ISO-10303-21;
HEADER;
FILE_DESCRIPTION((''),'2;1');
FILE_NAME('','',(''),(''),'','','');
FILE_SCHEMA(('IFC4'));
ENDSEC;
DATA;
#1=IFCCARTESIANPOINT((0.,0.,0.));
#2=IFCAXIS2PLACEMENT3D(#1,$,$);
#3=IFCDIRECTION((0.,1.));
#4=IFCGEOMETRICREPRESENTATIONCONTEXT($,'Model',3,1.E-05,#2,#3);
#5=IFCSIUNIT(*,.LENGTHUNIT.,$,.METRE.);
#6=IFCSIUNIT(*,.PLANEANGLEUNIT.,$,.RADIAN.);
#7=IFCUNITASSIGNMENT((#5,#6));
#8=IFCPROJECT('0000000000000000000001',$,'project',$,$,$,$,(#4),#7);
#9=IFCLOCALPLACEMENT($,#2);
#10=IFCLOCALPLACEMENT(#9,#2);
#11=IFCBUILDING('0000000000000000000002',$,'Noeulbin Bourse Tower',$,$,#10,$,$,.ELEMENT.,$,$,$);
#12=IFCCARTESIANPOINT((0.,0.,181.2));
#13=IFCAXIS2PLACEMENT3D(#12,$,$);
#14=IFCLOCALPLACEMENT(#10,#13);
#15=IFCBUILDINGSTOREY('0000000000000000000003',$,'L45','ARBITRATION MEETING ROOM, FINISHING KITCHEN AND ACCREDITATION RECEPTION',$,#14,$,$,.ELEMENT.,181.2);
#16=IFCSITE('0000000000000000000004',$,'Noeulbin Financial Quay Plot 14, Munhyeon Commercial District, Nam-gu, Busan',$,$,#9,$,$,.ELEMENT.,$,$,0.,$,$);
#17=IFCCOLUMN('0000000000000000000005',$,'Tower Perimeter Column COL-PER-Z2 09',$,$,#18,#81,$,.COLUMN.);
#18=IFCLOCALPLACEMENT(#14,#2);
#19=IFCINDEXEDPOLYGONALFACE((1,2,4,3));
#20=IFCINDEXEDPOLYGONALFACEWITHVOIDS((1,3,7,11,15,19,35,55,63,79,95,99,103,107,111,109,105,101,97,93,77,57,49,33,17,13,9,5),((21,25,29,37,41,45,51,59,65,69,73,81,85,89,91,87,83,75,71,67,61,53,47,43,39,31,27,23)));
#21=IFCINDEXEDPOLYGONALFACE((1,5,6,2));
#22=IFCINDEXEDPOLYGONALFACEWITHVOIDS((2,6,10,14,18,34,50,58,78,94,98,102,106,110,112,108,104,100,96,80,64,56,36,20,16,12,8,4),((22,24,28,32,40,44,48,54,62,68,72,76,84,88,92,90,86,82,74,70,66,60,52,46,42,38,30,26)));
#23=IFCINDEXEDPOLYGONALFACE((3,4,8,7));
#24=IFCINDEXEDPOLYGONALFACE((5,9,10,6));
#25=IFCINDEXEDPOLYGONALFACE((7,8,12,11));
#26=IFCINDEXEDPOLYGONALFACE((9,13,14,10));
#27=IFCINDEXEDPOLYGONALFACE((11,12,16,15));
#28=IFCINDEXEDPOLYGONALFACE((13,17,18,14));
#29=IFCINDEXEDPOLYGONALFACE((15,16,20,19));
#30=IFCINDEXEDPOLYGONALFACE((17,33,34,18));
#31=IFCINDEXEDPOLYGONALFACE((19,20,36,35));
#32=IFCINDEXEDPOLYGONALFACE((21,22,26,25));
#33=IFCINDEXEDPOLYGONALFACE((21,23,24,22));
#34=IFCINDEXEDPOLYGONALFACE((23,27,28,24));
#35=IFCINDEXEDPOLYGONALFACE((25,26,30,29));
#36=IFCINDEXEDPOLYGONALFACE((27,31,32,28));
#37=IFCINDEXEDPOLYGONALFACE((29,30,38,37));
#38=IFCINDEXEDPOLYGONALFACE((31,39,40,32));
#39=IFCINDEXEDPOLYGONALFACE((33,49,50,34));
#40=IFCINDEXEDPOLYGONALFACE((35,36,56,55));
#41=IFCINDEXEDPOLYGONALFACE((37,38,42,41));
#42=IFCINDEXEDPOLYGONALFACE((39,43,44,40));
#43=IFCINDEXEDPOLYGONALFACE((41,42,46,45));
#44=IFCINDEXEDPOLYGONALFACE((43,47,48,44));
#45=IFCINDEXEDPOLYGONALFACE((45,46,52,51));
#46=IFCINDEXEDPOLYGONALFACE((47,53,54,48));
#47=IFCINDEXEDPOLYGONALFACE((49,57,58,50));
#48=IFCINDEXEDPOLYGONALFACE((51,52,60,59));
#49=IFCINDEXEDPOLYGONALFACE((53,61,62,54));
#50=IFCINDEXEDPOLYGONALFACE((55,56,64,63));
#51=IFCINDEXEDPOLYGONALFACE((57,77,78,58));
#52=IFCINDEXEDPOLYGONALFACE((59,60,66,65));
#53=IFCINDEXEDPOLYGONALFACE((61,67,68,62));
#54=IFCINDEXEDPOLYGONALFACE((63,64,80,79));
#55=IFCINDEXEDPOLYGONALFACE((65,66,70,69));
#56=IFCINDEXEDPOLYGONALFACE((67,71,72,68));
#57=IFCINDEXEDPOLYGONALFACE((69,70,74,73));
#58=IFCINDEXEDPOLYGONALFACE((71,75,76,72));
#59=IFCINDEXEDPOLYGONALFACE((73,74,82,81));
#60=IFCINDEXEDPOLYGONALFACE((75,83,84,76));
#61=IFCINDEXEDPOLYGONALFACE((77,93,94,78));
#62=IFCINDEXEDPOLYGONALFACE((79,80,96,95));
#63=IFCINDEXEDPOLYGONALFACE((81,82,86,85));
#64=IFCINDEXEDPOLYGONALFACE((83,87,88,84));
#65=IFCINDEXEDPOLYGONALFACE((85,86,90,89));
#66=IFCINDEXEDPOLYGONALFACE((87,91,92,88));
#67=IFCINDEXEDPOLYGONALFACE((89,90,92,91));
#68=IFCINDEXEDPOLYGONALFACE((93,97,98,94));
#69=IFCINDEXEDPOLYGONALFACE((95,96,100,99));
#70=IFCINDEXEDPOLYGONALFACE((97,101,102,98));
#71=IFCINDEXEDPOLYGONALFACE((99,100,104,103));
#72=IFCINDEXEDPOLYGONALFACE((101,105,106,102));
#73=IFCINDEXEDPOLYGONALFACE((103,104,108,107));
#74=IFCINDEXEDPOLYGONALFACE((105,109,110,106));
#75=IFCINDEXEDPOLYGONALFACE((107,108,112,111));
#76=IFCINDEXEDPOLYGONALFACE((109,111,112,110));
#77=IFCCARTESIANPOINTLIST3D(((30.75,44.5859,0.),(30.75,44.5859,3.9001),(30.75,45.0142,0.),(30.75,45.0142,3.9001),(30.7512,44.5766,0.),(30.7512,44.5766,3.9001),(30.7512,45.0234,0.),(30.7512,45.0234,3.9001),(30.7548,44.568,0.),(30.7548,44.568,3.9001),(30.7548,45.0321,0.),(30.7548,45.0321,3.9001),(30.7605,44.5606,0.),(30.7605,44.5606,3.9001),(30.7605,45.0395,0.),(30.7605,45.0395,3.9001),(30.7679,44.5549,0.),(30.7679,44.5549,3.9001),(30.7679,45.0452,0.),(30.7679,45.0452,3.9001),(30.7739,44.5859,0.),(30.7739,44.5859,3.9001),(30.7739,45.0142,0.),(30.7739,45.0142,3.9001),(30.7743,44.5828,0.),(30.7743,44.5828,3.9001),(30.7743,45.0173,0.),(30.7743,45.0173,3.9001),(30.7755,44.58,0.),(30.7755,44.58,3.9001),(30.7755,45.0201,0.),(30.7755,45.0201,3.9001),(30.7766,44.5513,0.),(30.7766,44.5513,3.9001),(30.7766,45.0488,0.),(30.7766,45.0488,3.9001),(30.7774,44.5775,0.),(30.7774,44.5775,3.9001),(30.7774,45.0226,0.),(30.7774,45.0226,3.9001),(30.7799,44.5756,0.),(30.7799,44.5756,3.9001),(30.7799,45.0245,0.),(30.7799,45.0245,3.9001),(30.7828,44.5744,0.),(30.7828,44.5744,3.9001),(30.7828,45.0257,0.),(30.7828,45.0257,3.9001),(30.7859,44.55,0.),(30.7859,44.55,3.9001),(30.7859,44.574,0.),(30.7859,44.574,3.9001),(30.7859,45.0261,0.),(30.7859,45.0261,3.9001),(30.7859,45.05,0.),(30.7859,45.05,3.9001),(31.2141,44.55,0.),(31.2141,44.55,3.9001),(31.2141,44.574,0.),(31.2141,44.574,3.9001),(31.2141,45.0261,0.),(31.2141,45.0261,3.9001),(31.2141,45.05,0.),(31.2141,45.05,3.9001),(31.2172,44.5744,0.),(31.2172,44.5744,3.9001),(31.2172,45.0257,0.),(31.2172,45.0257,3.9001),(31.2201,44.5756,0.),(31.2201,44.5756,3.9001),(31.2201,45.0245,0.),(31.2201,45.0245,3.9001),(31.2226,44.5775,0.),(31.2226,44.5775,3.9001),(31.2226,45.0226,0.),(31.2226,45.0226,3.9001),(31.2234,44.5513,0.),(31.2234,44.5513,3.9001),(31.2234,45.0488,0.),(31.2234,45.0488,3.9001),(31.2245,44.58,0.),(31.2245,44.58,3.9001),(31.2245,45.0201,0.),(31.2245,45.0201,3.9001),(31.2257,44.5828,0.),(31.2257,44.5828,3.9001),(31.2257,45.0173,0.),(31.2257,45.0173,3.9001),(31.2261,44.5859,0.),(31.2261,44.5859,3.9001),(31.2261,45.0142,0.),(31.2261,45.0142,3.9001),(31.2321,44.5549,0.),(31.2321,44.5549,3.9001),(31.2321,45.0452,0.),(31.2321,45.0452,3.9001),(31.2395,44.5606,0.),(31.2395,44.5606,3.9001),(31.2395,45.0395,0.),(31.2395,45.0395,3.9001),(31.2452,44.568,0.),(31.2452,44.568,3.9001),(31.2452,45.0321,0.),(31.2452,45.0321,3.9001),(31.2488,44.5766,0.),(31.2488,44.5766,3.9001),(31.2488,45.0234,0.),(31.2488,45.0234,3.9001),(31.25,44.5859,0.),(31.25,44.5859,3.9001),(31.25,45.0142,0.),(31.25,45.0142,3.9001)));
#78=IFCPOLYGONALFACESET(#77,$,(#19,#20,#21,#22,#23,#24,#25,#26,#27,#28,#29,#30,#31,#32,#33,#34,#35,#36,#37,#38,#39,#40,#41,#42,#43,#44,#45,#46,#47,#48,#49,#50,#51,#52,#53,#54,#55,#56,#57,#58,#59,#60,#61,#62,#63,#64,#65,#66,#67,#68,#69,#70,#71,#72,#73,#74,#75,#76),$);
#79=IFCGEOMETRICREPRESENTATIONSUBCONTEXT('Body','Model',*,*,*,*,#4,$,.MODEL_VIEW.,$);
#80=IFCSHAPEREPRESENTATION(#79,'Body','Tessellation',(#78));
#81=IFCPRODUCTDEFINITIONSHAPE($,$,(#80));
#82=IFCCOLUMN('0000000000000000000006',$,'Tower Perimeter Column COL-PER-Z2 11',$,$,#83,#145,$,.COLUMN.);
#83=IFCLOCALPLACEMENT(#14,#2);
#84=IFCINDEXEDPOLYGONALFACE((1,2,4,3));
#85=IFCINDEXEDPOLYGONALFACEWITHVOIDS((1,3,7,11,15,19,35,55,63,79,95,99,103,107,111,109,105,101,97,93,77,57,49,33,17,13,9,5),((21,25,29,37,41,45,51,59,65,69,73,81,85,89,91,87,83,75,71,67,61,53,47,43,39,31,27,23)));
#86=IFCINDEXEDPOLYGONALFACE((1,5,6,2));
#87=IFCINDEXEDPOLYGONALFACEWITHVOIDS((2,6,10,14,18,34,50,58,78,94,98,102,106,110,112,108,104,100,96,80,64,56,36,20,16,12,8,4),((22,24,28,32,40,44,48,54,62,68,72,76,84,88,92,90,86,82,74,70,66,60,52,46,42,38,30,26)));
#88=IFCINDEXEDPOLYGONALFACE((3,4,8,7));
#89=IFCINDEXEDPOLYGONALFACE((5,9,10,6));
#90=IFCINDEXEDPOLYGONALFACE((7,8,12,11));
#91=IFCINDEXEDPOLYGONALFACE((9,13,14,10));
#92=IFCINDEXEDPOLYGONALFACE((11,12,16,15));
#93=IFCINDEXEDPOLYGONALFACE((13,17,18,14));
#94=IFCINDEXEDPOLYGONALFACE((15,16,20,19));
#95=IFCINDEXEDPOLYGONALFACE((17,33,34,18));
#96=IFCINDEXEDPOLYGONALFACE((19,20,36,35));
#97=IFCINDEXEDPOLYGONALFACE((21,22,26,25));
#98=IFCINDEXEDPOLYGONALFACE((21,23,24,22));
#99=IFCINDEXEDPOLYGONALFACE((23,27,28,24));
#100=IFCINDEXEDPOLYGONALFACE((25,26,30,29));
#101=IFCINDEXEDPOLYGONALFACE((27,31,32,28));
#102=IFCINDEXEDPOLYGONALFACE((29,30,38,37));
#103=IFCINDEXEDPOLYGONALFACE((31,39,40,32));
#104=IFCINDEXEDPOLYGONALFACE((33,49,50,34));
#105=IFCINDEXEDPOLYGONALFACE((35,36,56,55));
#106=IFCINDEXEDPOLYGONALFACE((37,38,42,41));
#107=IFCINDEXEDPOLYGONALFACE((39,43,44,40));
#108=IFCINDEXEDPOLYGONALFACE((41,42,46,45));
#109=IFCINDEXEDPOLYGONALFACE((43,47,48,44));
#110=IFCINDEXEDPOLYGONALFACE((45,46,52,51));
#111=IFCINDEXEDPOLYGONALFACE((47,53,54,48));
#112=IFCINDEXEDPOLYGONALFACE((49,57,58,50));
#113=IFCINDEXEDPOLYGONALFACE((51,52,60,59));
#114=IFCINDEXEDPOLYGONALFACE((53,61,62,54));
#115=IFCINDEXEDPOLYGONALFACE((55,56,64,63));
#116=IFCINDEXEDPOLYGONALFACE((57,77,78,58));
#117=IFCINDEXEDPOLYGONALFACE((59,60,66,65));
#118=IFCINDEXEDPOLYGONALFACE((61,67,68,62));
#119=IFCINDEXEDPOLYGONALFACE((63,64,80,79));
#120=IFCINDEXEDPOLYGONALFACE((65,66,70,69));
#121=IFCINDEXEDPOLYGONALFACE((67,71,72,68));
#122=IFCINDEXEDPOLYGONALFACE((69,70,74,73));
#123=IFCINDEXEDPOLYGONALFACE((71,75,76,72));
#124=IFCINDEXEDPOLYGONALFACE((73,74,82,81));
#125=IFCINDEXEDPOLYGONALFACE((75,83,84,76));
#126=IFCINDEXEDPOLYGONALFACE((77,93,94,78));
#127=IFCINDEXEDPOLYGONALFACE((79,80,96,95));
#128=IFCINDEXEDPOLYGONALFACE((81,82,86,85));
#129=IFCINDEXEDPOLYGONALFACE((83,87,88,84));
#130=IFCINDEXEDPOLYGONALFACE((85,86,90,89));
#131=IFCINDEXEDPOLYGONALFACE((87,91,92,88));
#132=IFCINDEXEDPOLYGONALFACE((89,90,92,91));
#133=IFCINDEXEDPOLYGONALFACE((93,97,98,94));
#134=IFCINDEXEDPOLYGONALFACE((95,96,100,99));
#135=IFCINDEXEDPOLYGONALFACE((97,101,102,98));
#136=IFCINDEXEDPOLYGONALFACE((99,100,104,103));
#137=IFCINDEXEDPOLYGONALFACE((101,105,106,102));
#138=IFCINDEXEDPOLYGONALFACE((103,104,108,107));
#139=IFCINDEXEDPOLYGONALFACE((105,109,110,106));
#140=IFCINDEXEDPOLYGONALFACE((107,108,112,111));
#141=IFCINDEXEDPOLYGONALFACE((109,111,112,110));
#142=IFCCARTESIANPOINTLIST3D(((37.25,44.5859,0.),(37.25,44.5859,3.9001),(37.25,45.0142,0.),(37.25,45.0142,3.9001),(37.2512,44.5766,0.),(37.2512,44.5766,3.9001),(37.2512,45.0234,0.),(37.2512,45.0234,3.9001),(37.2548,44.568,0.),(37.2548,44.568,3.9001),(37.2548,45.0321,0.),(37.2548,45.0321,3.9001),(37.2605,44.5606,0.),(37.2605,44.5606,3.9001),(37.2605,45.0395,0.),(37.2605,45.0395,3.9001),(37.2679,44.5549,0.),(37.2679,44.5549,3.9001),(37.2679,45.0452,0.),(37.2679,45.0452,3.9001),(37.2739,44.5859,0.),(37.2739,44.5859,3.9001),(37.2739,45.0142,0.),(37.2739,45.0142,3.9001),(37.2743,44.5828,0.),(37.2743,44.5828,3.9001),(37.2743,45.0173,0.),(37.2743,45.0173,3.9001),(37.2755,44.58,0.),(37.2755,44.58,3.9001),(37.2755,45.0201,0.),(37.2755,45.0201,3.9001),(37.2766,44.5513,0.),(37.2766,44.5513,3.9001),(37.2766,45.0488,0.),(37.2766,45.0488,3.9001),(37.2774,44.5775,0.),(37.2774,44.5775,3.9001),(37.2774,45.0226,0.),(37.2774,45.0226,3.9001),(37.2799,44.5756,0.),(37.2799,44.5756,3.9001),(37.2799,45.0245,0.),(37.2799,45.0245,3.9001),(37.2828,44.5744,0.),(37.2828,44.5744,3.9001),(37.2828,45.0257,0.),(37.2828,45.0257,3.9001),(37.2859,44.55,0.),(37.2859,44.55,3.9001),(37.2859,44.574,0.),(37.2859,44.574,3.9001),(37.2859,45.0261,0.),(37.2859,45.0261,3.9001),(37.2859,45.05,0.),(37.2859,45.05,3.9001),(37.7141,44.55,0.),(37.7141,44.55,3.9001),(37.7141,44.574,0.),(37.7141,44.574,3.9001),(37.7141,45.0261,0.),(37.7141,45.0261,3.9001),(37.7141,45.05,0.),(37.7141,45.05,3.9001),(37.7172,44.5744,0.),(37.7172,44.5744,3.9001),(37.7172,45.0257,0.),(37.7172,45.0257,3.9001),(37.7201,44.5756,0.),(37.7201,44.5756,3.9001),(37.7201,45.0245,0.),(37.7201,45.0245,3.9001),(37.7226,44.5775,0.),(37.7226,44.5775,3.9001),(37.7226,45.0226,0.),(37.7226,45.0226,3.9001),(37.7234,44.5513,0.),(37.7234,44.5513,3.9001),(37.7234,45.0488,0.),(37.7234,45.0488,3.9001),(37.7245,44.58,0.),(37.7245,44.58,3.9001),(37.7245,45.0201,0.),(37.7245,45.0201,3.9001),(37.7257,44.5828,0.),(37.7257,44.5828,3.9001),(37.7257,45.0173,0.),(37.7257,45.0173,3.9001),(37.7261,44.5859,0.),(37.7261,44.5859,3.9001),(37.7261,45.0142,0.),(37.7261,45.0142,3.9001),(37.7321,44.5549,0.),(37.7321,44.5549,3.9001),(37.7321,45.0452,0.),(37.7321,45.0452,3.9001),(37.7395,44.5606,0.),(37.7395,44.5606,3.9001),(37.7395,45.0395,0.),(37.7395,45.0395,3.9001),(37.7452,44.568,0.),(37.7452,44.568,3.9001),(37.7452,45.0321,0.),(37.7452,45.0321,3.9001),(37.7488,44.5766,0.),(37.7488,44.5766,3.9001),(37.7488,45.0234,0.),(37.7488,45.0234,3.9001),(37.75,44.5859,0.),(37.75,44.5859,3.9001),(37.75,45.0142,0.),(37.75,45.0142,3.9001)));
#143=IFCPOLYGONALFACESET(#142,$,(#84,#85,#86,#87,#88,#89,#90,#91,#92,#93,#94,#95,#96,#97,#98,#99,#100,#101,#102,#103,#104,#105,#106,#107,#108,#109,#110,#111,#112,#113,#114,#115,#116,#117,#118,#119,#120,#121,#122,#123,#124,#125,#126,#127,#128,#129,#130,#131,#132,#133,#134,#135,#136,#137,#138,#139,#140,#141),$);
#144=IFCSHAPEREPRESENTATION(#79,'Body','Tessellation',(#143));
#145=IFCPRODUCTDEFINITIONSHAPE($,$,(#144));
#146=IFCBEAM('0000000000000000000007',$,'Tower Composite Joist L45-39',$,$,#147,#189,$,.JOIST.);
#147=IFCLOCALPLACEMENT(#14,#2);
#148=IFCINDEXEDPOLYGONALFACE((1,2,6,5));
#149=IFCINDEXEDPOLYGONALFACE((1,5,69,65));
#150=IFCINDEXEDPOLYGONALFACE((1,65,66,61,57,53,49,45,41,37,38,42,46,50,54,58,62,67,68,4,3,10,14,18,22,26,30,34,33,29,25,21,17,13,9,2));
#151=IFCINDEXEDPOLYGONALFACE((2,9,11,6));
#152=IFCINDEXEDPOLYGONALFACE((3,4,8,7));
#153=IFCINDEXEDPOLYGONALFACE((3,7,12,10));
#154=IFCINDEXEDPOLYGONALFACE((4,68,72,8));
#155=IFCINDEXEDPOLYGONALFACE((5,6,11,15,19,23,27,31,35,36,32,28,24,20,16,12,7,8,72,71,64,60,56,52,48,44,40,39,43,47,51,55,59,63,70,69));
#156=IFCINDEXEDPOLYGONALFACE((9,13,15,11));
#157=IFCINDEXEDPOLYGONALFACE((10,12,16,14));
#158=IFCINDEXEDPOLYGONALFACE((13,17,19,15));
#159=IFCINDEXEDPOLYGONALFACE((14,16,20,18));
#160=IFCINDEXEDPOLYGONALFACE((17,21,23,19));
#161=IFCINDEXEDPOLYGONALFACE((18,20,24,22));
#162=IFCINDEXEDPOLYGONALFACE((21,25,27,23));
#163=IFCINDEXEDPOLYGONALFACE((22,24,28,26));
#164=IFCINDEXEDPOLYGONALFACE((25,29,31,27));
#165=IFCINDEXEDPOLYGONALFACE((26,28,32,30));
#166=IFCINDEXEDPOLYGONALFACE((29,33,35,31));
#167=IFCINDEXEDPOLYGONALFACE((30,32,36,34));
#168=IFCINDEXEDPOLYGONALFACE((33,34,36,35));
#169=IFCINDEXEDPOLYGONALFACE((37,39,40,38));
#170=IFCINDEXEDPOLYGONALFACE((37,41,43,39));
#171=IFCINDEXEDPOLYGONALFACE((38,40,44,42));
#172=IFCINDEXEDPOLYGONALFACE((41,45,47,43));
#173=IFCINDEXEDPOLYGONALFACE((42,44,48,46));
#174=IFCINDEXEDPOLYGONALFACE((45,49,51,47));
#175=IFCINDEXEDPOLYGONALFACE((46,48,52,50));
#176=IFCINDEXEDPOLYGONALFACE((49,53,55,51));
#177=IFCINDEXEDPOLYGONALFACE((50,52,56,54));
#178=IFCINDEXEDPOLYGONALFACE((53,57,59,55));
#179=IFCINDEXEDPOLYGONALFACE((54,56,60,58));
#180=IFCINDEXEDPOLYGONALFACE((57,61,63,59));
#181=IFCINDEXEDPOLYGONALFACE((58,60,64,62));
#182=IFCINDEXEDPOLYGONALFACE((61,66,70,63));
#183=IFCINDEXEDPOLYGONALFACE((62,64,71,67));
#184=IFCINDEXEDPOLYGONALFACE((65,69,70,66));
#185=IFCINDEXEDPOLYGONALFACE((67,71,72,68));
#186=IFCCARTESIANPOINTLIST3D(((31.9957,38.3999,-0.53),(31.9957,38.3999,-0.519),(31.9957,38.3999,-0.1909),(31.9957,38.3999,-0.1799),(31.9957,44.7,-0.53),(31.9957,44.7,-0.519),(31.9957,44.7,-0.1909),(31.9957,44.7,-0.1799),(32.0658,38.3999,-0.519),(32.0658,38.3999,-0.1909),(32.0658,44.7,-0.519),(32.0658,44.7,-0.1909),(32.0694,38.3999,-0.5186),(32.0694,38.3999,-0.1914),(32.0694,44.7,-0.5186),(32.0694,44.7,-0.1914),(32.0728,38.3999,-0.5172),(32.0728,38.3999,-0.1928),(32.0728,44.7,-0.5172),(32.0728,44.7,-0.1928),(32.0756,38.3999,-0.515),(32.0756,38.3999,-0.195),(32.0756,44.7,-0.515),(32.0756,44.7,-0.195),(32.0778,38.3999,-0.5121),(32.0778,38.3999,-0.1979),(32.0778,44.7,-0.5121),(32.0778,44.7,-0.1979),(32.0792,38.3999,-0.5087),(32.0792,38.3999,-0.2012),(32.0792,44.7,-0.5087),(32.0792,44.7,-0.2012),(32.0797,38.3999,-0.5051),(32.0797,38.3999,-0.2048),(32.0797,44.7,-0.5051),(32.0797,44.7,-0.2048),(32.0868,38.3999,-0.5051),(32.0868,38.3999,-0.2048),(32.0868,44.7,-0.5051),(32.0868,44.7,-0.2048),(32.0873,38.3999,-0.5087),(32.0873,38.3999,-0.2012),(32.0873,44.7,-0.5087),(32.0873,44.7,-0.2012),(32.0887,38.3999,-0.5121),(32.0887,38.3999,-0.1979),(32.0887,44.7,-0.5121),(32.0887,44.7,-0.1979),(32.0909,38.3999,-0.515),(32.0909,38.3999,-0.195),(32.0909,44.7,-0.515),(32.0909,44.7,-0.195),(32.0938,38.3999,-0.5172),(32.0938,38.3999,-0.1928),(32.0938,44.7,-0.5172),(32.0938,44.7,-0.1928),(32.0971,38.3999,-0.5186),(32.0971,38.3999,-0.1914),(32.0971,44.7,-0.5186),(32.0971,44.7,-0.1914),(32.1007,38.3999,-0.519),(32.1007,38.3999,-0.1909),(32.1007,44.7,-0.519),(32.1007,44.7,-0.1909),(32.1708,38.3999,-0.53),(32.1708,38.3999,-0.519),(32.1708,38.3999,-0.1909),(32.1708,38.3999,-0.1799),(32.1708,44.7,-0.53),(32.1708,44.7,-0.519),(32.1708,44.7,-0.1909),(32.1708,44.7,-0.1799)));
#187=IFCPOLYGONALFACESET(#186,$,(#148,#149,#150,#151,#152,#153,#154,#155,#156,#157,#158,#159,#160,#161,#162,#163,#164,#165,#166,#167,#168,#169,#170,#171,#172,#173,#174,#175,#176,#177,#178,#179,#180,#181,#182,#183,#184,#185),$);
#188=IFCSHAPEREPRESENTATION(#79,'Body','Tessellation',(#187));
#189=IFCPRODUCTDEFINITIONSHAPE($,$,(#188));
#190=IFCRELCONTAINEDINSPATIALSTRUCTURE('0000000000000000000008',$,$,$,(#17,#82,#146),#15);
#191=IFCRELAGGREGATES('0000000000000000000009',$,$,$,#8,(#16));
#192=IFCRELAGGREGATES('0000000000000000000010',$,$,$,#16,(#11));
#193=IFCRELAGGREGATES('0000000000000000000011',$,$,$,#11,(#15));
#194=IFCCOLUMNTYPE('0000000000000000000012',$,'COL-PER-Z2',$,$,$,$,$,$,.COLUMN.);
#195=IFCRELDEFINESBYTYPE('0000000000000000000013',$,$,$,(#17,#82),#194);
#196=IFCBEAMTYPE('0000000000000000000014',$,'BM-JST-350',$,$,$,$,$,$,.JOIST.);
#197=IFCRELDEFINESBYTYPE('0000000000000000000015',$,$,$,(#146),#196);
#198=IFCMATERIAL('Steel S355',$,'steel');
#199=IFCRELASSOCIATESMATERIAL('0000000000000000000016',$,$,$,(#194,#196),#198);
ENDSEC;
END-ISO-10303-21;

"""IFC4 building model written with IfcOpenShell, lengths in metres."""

from ifc_helpers import new_model, si_unit, direction, frame, origin, origin_2d, place, context, subcontext, project, spatial, hollow_rectangle, i_section, extrude, material, material_profile, profile_set, type_object, element, save


model = new_model("IFC4")

# Units and contexts
model_context = context("Model", 3, precision=1e-05, world=origin(), true_north=direction((0.0, 1.0)))
body_context = subcontext(model_context, "Body", "Model", "MODEL_VIEW")
ifc_project = project(units=[si_unit("LENGTHUNIT", "METRE"), si_unit("PLANEANGLEUNIT", "RADIAN")], contexts=[model_context])

# Site, building, storey
site_placement = place(None, origin())
site = spatial("IfcSite", under=ifc_project, at=site_placement, Name="Noeulbin Financial Quay Plot 14, Munhyeon Commercial District, Nam-gu, Busan", CompositionType="ELEMENT", RefElevation=0.0)
building_placement = place(site_placement, origin())
building = spatial("IfcBuilding", under=site, at=building_placement, Name="Noeulbin Bourse Tower", CompositionType="ELEMENT")
storey_placement = place(building_placement, frame((0.0, 0.0, 181.2)))
storey = spatial("IfcBuildingStorey", under=building, at=storey_placement, Name="L45", Description="ARBITRATION MEETING ROOM, FINISHING KITCHEN AND ACCREDITATION RECEPTION", CompositionType="ELEMENT", Elevation=181.2)

# Columns
ifc_material_1 = material(Name="Steel S355", Category="steel")
ifc_material_profile_1 = material_profile(ifc_material_1, hollow_rectangle(XDim=0.5, YDim=0.5, WallThickness=0.0239, InnerFilletRadius=0.012, OuterFilletRadius=0.0359, at=origin_2d()), Name="BOX-500x500x24", Category="LoadBearing")
ifc_profile_set_1 = profile_set([ifc_material_profile_1], Name="Steel S355")
column_type = type_object("IfcColumnType", Name="COL-PER-Z2", PredefinedType="COLUMN", material=ifc_profile_set_1)
for number, where, z_axis, x_axis, name in (
    (1, (31.0, 44.8, 0.0), (0.0, 0.0, 1.0), (1.0, 0.0, 0.0), "Tower Perimeter Column COL-PER-Z2 09"),
    (2, (37.5, 44.8, 0.0), (0.0, 0.0, 1.0), (1.0, 0.0, 0.0), "Tower Perimeter Column COL-PER-Z2 11"),
):
    element("IfcColumn", number, at=place(storey_placement, frame(where, z_axis=z_axis, x_axis=x_axis)), inside=storey, type_object=column_type, Name=name, PredefinedType="COLUMN", context=body_context, shape_type="SweptSolid", body=[
        extrude(hollow_rectangle(XDim=0.5, YDim=0.5, WallThickness=0.0239, InnerFilletRadius=0.012, OuterFilletRadius=0.0359, at=origin_2d()), origin(), (0.0, 0.0, 1.0), 3.9001),
    ])

# Beam
ifc_material_profile_2 = material_profile(ifc_material_1, i_section(OverallWidth=0.175, OverallDepth=0.3501, WebThickness=0.0071, FlangeThickness=0.011, FilletRadius=0.0139, at=origin_2d()), Name="H-350x175x7x11", Category="LoadBearing")
ifc_profile_set_2 = profile_set([ifc_material_profile_2], Name="Steel S355")
beam_type_1 = type_object("IfcBeamType", Name="BM-JST-350", PredefinedType="JOIST", material=ifc_profile_set_2)
for number, where, z_axis, x_axis, name in (
    (3, (32.0833, 38.3999, -0.355), (0.0, 1.0, 0.0), (-1.0, 0.0, 0.0), "Tower Composite Joist L45-39"),
):
    element("IfcBeam", number, at=place(storey_placement, frame(where, z_axis=z_axis, x_axis=x_axis)), inside=storey, type_object=beam_type_1, Name=name, PredefinedType="JOIST", context=body_context, shape_type="SweptSolid", body=[
        extrude(i_section(OverallWidth=0.175, OverallDepth=0.3501, WebThickness=0.0071, FlangeThickness=0.011, FilletRadius=0.0139, at=origin_2d()), origin(), (0.0, 0.0, 1.0), 6.3),
    ])

save(model, "model.ifc")
